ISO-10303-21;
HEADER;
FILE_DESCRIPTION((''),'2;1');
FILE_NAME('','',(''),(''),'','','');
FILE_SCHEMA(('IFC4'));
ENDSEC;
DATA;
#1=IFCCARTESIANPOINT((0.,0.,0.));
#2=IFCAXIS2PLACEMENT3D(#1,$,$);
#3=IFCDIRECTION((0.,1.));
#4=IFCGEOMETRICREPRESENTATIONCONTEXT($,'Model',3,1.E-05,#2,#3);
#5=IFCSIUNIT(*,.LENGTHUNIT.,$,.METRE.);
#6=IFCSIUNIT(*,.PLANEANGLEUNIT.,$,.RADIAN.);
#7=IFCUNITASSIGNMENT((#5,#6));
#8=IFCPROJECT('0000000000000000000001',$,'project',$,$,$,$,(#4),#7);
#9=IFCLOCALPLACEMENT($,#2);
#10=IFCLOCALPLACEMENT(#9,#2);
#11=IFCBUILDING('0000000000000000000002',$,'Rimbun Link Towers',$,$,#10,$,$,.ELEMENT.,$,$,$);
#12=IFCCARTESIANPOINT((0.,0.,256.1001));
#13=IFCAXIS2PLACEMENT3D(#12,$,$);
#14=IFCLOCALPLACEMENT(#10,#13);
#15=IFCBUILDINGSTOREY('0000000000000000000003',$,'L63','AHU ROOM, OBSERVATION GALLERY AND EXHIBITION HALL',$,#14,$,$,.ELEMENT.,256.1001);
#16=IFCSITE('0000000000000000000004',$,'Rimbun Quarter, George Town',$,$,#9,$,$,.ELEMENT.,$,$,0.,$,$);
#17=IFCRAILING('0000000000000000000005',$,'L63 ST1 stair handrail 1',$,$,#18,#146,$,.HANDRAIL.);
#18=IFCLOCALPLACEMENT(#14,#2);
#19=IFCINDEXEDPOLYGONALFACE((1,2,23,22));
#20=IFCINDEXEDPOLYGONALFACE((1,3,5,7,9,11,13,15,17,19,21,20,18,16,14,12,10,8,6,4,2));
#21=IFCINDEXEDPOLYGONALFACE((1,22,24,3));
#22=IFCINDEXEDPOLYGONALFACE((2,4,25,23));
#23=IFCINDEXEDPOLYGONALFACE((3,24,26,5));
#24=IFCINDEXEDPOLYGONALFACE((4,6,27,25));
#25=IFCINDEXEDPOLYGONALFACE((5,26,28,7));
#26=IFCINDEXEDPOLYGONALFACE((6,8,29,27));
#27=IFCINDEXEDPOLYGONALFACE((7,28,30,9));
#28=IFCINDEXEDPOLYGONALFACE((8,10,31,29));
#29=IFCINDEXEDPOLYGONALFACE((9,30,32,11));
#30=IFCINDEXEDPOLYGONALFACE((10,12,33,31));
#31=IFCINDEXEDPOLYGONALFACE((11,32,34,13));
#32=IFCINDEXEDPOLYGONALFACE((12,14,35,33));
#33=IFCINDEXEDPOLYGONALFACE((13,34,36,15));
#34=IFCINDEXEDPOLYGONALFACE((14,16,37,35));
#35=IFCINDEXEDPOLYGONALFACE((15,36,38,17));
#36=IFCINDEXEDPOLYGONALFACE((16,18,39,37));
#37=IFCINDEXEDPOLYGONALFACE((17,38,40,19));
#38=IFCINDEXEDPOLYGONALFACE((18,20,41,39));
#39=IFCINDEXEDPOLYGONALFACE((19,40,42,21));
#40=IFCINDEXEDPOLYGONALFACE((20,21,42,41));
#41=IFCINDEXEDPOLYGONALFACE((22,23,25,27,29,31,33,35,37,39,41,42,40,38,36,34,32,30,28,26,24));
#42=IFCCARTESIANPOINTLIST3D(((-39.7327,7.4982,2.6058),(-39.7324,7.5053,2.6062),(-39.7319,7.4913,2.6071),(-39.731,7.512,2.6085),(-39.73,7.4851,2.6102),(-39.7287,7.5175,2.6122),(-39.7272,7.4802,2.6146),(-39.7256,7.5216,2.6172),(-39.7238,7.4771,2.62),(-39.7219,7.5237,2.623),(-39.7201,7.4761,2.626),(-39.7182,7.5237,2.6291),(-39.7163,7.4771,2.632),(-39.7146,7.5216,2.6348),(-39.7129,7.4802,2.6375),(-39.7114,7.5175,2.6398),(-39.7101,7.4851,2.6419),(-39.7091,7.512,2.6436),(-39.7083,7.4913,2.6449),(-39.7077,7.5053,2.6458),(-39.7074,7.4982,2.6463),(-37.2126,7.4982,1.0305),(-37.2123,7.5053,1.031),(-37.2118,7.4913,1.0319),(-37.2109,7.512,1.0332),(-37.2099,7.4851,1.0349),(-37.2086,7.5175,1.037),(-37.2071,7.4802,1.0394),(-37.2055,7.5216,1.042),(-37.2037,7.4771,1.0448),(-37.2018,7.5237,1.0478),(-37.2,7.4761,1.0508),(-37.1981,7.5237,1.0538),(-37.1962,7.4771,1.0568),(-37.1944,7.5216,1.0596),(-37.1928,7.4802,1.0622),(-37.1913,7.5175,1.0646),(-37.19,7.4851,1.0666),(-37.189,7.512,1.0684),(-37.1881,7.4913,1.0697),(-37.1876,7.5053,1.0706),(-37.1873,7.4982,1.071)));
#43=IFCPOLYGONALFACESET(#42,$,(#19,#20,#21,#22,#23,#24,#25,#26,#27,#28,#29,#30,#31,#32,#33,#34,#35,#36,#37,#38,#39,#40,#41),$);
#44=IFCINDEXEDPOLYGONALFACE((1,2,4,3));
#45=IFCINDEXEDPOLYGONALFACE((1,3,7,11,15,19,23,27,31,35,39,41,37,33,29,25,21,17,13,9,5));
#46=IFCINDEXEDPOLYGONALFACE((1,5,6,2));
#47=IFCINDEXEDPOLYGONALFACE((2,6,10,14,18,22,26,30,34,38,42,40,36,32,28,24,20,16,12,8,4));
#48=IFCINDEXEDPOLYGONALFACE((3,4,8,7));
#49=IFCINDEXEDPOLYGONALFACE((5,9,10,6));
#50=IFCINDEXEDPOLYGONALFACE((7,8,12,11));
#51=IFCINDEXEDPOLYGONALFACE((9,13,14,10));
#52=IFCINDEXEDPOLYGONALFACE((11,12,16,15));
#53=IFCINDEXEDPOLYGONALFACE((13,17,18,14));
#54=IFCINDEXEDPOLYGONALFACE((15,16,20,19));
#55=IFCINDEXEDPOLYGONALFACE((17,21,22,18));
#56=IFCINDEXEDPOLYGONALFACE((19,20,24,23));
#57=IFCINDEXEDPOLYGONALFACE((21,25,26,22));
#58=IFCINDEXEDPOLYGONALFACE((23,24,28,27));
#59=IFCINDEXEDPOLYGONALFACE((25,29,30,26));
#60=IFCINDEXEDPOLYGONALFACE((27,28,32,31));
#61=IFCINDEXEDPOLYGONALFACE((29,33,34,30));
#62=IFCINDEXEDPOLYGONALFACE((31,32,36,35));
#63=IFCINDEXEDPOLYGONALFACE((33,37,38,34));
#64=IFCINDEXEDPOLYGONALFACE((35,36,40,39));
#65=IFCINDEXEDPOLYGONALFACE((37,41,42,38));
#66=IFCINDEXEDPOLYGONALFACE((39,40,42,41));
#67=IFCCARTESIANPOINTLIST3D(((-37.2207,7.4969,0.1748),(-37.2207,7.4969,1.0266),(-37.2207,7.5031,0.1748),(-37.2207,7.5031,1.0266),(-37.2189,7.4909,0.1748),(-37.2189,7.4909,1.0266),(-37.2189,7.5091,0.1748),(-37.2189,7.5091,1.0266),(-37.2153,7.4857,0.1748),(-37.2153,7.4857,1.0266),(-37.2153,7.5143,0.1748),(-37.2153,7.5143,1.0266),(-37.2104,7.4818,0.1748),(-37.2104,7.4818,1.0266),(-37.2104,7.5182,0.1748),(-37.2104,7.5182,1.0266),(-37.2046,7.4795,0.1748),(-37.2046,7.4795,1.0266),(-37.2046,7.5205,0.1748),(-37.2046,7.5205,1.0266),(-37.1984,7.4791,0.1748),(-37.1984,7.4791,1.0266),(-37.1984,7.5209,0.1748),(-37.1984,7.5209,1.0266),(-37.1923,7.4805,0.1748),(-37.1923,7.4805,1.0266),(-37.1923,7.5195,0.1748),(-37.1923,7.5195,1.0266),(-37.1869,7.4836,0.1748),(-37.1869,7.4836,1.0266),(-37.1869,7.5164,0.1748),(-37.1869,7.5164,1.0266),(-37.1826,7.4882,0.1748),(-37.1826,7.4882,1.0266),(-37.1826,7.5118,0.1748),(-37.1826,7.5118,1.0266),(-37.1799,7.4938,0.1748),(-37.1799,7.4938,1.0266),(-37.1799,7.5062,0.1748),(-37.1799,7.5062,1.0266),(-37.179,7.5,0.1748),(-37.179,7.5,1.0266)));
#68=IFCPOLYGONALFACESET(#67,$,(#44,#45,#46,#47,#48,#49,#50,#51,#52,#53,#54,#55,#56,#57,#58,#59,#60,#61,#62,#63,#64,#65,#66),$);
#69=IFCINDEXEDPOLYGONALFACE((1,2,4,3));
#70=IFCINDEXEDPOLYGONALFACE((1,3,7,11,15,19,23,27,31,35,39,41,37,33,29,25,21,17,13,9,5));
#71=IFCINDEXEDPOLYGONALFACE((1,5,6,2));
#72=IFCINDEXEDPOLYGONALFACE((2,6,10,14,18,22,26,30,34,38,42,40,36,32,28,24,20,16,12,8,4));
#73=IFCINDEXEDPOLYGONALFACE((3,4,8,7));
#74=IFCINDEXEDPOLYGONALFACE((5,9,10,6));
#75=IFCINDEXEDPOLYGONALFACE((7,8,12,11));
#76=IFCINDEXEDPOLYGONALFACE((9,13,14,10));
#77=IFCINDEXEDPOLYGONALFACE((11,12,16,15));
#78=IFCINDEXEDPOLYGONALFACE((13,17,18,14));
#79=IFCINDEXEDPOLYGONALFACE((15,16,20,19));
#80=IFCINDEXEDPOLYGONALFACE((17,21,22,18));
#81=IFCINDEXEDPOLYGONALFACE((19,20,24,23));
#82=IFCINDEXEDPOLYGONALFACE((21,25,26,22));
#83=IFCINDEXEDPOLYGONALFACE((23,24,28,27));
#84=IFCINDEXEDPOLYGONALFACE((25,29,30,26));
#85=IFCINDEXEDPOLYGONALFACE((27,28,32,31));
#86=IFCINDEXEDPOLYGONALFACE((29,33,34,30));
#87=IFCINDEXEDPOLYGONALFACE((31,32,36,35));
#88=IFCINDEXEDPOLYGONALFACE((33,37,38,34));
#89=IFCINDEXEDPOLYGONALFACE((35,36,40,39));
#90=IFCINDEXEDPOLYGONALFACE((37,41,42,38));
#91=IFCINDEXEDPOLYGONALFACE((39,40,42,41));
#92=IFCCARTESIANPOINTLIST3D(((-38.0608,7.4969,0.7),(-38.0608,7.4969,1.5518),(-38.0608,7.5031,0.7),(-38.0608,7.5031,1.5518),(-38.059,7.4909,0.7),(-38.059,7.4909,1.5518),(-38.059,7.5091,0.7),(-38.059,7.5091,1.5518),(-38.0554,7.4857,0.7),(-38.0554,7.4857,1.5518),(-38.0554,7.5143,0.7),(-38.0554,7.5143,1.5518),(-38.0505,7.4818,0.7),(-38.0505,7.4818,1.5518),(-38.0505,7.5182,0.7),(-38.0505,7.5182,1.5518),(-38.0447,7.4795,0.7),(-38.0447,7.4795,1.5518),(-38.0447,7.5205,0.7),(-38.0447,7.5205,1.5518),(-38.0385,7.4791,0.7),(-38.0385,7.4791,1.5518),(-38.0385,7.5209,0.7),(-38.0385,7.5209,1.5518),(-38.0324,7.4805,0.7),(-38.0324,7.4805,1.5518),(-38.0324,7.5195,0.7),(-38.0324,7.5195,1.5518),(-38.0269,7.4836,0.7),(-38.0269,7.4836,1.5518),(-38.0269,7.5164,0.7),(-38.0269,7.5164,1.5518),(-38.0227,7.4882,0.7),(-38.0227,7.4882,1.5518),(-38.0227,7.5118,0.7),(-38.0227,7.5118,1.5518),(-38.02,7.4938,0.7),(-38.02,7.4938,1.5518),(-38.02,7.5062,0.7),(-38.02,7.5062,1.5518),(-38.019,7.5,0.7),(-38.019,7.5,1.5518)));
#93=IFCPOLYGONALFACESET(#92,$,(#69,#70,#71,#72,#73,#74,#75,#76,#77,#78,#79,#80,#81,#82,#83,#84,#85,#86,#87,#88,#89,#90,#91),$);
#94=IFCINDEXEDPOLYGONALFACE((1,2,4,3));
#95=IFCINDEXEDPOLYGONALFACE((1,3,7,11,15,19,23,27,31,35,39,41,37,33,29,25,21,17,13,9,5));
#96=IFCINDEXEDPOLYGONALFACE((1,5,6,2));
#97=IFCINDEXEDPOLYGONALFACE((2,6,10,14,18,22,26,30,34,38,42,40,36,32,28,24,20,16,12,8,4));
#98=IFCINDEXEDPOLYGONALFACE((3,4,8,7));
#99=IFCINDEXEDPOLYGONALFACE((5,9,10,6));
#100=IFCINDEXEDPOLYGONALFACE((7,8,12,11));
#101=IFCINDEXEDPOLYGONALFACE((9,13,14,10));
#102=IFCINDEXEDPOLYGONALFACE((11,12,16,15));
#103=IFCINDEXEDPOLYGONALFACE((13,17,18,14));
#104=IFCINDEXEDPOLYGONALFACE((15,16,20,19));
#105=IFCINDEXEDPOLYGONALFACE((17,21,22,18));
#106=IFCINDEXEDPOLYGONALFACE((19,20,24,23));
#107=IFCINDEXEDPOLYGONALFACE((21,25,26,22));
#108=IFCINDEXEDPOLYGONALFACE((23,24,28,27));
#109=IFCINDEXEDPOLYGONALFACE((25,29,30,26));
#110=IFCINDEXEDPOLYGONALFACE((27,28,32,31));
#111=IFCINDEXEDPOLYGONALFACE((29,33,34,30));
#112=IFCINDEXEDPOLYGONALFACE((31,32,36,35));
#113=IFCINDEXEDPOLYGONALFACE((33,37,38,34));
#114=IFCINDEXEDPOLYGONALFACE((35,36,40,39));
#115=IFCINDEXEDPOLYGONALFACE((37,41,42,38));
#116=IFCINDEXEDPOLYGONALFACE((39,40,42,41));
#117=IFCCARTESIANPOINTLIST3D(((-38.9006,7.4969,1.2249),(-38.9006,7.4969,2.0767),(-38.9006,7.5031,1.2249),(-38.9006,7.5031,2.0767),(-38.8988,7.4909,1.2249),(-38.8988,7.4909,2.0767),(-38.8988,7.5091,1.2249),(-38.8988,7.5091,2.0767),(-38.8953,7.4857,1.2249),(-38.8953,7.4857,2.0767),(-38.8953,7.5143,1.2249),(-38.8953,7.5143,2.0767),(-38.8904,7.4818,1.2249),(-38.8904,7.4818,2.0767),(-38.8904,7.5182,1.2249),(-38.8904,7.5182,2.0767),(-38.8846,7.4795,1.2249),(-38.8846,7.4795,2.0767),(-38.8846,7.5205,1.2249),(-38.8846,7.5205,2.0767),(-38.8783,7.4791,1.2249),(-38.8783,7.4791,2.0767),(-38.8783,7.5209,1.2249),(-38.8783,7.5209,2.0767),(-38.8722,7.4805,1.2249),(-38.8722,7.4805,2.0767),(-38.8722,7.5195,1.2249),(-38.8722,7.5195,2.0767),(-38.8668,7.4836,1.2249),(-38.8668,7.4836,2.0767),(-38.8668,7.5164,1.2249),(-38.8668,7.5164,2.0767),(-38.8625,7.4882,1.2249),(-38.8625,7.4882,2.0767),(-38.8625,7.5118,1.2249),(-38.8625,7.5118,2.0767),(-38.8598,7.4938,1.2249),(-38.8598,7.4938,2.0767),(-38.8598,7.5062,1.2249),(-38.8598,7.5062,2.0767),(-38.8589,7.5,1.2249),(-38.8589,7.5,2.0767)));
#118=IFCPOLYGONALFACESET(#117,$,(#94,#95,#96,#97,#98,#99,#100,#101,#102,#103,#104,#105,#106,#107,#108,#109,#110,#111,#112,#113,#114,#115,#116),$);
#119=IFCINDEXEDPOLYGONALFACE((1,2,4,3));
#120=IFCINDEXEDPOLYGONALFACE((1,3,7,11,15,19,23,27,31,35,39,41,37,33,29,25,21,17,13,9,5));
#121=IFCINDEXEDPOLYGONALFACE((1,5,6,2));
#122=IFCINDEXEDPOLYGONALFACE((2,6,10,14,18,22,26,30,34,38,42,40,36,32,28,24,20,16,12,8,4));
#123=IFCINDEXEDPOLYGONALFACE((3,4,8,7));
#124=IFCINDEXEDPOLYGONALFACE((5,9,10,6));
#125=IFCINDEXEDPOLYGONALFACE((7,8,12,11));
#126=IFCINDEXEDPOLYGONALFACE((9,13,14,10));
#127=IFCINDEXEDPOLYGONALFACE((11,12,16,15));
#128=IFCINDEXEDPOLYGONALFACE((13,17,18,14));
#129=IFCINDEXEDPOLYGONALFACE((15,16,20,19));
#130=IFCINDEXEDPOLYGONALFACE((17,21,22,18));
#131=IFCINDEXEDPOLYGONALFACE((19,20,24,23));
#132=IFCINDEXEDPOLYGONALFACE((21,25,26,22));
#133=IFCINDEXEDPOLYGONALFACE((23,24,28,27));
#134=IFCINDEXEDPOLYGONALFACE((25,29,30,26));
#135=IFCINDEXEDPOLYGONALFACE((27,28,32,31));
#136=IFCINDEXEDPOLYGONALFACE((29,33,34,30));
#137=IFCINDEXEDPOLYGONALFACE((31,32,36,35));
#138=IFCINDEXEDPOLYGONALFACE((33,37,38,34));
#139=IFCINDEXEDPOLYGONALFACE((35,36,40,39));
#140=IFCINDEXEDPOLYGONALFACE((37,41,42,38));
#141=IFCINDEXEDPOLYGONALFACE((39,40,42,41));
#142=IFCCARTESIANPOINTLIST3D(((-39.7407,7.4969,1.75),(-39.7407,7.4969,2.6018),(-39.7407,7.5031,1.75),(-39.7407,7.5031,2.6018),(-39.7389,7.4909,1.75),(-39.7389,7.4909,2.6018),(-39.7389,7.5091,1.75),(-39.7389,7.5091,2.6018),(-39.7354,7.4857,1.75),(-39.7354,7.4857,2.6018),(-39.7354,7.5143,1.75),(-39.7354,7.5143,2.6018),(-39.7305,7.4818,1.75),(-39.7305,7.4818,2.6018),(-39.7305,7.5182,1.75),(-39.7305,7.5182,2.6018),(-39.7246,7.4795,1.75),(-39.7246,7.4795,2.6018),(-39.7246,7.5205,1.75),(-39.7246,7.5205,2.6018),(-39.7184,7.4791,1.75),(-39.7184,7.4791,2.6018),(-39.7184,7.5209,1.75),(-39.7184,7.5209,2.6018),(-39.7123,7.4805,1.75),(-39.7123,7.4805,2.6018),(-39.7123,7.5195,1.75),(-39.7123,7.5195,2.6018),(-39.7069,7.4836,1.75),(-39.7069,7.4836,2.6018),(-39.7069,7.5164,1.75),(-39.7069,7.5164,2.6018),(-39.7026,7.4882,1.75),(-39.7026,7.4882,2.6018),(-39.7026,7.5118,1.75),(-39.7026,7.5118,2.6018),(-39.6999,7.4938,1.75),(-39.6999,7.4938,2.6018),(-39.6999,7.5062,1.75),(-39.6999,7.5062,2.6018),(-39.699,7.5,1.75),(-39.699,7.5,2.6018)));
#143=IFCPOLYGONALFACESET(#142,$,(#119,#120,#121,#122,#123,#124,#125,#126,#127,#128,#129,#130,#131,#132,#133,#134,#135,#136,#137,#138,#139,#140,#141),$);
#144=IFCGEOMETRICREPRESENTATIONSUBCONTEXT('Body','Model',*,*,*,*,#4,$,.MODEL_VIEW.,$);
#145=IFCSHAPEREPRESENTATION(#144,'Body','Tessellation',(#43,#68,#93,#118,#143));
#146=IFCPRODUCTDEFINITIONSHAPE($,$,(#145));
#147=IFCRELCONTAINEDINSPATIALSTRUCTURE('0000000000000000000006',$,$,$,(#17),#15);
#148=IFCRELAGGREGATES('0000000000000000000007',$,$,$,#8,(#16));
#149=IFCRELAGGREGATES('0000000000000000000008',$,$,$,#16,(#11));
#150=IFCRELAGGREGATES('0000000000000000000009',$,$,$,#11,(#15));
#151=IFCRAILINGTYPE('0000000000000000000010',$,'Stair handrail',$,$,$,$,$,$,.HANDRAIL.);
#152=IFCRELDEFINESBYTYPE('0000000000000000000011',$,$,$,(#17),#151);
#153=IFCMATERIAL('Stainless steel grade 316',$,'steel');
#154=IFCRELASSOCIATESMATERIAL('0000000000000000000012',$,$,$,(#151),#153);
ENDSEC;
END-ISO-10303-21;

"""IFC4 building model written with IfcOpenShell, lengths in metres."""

from ifc_helpers import new_model, si_unit, direction, frame, origin, origin_2d, place, context, subcontext, project, spatial, circle, extrude, material, type_object, element, save


model = new_model("IFC4")

# Units and contexts
model_context = context("Model", 3, precision=1e-05, world=origin(), true_north=direction((0.0, 1.0)))
body_context = subcontext(model_context, "Body", "Model", "MODEL_VIEW")
ifc_project = project(units=[si_unit("LENGTHUNIT", "METRE"), si_unit("PLANEANGLEUNIT", "RADIAN")], contexts=[model_context])

# Site, building, storey
site_placement = place(None, origin())
site = spatial("IfcSite", under=ifc_project, at=site_placement, Name="Rimbun Quarter, George Town", CompositionType="ELEMENT", RefElevation=0.0)
building_placement = place(site_placement, origin())
building = spatial("IfcBuilding", under=site, at=building_placement, Name="Rimbun Link Towers", CompositionType="ELEMENT")
storey_placement = place(building_placement, frame((0.0, 0.0, 256.1001)))
storey = spatial("IfcBuildingStorey", under=building, at=storey_placement, Name="L63", Description="AHU ROOM, OBSERVATION GALLERY AND EXHIBITION HALL", CompositionType="ELEMENT", Elevation=256.1001)

# Railing
ifc_material_1 = material(Name="Stainless steel grade 316", Category="steel")
railing_type_1 = type_object("IfcRailingType", Name="Stair handrail", PredefinedType="HANDRAIL", material=ifc_material_1)
railing_1_placement = place(storey_placement, frame((-37.2, 7.5, 0.1748)))
element("IfcRailing", 1, at=railing_1_placement, inside=storey, type_object=railing_type_1, Name="L63 ST1 stair handrail 1", PredefinedType="HANDRAIL", context=body_context, shape_type="SweptSolid", body=[
    extrude(circle(Radius=0.0239, at=origin_2d()), frame((0.0, 0.0, 0.876), z_axis=(-0.847971, 0.0, 0.530043), x_axis=(0.0, -1.0, 0.0)), (0.0, 0.0, 1.0), 2.9719),
    extrude(circle(Radius=0.021, at=origin_2d()), origin(), (0.0, 0.0, 1.0), 0.8518),
    extrude(circle(Radius=0.021, at=origin_2d()), frame((-0.8401, 0.0, 0.5251)), (0.0, 0.0, 1.0), 0.8518),
    extrude(circle(Radius=0.021, at=origin_2d()), frame((-1.6799, 0.0, 1.05)), (0.0, 0.0, 1.0), 0.8518),
    extrude(circle(Radius=0.021, at=origin_2d()), frame((-2.52, 0.0, 1.5752)), (0.0, 0.0, 1.0), 0.8518),
])

save(model, "model.ifc")
